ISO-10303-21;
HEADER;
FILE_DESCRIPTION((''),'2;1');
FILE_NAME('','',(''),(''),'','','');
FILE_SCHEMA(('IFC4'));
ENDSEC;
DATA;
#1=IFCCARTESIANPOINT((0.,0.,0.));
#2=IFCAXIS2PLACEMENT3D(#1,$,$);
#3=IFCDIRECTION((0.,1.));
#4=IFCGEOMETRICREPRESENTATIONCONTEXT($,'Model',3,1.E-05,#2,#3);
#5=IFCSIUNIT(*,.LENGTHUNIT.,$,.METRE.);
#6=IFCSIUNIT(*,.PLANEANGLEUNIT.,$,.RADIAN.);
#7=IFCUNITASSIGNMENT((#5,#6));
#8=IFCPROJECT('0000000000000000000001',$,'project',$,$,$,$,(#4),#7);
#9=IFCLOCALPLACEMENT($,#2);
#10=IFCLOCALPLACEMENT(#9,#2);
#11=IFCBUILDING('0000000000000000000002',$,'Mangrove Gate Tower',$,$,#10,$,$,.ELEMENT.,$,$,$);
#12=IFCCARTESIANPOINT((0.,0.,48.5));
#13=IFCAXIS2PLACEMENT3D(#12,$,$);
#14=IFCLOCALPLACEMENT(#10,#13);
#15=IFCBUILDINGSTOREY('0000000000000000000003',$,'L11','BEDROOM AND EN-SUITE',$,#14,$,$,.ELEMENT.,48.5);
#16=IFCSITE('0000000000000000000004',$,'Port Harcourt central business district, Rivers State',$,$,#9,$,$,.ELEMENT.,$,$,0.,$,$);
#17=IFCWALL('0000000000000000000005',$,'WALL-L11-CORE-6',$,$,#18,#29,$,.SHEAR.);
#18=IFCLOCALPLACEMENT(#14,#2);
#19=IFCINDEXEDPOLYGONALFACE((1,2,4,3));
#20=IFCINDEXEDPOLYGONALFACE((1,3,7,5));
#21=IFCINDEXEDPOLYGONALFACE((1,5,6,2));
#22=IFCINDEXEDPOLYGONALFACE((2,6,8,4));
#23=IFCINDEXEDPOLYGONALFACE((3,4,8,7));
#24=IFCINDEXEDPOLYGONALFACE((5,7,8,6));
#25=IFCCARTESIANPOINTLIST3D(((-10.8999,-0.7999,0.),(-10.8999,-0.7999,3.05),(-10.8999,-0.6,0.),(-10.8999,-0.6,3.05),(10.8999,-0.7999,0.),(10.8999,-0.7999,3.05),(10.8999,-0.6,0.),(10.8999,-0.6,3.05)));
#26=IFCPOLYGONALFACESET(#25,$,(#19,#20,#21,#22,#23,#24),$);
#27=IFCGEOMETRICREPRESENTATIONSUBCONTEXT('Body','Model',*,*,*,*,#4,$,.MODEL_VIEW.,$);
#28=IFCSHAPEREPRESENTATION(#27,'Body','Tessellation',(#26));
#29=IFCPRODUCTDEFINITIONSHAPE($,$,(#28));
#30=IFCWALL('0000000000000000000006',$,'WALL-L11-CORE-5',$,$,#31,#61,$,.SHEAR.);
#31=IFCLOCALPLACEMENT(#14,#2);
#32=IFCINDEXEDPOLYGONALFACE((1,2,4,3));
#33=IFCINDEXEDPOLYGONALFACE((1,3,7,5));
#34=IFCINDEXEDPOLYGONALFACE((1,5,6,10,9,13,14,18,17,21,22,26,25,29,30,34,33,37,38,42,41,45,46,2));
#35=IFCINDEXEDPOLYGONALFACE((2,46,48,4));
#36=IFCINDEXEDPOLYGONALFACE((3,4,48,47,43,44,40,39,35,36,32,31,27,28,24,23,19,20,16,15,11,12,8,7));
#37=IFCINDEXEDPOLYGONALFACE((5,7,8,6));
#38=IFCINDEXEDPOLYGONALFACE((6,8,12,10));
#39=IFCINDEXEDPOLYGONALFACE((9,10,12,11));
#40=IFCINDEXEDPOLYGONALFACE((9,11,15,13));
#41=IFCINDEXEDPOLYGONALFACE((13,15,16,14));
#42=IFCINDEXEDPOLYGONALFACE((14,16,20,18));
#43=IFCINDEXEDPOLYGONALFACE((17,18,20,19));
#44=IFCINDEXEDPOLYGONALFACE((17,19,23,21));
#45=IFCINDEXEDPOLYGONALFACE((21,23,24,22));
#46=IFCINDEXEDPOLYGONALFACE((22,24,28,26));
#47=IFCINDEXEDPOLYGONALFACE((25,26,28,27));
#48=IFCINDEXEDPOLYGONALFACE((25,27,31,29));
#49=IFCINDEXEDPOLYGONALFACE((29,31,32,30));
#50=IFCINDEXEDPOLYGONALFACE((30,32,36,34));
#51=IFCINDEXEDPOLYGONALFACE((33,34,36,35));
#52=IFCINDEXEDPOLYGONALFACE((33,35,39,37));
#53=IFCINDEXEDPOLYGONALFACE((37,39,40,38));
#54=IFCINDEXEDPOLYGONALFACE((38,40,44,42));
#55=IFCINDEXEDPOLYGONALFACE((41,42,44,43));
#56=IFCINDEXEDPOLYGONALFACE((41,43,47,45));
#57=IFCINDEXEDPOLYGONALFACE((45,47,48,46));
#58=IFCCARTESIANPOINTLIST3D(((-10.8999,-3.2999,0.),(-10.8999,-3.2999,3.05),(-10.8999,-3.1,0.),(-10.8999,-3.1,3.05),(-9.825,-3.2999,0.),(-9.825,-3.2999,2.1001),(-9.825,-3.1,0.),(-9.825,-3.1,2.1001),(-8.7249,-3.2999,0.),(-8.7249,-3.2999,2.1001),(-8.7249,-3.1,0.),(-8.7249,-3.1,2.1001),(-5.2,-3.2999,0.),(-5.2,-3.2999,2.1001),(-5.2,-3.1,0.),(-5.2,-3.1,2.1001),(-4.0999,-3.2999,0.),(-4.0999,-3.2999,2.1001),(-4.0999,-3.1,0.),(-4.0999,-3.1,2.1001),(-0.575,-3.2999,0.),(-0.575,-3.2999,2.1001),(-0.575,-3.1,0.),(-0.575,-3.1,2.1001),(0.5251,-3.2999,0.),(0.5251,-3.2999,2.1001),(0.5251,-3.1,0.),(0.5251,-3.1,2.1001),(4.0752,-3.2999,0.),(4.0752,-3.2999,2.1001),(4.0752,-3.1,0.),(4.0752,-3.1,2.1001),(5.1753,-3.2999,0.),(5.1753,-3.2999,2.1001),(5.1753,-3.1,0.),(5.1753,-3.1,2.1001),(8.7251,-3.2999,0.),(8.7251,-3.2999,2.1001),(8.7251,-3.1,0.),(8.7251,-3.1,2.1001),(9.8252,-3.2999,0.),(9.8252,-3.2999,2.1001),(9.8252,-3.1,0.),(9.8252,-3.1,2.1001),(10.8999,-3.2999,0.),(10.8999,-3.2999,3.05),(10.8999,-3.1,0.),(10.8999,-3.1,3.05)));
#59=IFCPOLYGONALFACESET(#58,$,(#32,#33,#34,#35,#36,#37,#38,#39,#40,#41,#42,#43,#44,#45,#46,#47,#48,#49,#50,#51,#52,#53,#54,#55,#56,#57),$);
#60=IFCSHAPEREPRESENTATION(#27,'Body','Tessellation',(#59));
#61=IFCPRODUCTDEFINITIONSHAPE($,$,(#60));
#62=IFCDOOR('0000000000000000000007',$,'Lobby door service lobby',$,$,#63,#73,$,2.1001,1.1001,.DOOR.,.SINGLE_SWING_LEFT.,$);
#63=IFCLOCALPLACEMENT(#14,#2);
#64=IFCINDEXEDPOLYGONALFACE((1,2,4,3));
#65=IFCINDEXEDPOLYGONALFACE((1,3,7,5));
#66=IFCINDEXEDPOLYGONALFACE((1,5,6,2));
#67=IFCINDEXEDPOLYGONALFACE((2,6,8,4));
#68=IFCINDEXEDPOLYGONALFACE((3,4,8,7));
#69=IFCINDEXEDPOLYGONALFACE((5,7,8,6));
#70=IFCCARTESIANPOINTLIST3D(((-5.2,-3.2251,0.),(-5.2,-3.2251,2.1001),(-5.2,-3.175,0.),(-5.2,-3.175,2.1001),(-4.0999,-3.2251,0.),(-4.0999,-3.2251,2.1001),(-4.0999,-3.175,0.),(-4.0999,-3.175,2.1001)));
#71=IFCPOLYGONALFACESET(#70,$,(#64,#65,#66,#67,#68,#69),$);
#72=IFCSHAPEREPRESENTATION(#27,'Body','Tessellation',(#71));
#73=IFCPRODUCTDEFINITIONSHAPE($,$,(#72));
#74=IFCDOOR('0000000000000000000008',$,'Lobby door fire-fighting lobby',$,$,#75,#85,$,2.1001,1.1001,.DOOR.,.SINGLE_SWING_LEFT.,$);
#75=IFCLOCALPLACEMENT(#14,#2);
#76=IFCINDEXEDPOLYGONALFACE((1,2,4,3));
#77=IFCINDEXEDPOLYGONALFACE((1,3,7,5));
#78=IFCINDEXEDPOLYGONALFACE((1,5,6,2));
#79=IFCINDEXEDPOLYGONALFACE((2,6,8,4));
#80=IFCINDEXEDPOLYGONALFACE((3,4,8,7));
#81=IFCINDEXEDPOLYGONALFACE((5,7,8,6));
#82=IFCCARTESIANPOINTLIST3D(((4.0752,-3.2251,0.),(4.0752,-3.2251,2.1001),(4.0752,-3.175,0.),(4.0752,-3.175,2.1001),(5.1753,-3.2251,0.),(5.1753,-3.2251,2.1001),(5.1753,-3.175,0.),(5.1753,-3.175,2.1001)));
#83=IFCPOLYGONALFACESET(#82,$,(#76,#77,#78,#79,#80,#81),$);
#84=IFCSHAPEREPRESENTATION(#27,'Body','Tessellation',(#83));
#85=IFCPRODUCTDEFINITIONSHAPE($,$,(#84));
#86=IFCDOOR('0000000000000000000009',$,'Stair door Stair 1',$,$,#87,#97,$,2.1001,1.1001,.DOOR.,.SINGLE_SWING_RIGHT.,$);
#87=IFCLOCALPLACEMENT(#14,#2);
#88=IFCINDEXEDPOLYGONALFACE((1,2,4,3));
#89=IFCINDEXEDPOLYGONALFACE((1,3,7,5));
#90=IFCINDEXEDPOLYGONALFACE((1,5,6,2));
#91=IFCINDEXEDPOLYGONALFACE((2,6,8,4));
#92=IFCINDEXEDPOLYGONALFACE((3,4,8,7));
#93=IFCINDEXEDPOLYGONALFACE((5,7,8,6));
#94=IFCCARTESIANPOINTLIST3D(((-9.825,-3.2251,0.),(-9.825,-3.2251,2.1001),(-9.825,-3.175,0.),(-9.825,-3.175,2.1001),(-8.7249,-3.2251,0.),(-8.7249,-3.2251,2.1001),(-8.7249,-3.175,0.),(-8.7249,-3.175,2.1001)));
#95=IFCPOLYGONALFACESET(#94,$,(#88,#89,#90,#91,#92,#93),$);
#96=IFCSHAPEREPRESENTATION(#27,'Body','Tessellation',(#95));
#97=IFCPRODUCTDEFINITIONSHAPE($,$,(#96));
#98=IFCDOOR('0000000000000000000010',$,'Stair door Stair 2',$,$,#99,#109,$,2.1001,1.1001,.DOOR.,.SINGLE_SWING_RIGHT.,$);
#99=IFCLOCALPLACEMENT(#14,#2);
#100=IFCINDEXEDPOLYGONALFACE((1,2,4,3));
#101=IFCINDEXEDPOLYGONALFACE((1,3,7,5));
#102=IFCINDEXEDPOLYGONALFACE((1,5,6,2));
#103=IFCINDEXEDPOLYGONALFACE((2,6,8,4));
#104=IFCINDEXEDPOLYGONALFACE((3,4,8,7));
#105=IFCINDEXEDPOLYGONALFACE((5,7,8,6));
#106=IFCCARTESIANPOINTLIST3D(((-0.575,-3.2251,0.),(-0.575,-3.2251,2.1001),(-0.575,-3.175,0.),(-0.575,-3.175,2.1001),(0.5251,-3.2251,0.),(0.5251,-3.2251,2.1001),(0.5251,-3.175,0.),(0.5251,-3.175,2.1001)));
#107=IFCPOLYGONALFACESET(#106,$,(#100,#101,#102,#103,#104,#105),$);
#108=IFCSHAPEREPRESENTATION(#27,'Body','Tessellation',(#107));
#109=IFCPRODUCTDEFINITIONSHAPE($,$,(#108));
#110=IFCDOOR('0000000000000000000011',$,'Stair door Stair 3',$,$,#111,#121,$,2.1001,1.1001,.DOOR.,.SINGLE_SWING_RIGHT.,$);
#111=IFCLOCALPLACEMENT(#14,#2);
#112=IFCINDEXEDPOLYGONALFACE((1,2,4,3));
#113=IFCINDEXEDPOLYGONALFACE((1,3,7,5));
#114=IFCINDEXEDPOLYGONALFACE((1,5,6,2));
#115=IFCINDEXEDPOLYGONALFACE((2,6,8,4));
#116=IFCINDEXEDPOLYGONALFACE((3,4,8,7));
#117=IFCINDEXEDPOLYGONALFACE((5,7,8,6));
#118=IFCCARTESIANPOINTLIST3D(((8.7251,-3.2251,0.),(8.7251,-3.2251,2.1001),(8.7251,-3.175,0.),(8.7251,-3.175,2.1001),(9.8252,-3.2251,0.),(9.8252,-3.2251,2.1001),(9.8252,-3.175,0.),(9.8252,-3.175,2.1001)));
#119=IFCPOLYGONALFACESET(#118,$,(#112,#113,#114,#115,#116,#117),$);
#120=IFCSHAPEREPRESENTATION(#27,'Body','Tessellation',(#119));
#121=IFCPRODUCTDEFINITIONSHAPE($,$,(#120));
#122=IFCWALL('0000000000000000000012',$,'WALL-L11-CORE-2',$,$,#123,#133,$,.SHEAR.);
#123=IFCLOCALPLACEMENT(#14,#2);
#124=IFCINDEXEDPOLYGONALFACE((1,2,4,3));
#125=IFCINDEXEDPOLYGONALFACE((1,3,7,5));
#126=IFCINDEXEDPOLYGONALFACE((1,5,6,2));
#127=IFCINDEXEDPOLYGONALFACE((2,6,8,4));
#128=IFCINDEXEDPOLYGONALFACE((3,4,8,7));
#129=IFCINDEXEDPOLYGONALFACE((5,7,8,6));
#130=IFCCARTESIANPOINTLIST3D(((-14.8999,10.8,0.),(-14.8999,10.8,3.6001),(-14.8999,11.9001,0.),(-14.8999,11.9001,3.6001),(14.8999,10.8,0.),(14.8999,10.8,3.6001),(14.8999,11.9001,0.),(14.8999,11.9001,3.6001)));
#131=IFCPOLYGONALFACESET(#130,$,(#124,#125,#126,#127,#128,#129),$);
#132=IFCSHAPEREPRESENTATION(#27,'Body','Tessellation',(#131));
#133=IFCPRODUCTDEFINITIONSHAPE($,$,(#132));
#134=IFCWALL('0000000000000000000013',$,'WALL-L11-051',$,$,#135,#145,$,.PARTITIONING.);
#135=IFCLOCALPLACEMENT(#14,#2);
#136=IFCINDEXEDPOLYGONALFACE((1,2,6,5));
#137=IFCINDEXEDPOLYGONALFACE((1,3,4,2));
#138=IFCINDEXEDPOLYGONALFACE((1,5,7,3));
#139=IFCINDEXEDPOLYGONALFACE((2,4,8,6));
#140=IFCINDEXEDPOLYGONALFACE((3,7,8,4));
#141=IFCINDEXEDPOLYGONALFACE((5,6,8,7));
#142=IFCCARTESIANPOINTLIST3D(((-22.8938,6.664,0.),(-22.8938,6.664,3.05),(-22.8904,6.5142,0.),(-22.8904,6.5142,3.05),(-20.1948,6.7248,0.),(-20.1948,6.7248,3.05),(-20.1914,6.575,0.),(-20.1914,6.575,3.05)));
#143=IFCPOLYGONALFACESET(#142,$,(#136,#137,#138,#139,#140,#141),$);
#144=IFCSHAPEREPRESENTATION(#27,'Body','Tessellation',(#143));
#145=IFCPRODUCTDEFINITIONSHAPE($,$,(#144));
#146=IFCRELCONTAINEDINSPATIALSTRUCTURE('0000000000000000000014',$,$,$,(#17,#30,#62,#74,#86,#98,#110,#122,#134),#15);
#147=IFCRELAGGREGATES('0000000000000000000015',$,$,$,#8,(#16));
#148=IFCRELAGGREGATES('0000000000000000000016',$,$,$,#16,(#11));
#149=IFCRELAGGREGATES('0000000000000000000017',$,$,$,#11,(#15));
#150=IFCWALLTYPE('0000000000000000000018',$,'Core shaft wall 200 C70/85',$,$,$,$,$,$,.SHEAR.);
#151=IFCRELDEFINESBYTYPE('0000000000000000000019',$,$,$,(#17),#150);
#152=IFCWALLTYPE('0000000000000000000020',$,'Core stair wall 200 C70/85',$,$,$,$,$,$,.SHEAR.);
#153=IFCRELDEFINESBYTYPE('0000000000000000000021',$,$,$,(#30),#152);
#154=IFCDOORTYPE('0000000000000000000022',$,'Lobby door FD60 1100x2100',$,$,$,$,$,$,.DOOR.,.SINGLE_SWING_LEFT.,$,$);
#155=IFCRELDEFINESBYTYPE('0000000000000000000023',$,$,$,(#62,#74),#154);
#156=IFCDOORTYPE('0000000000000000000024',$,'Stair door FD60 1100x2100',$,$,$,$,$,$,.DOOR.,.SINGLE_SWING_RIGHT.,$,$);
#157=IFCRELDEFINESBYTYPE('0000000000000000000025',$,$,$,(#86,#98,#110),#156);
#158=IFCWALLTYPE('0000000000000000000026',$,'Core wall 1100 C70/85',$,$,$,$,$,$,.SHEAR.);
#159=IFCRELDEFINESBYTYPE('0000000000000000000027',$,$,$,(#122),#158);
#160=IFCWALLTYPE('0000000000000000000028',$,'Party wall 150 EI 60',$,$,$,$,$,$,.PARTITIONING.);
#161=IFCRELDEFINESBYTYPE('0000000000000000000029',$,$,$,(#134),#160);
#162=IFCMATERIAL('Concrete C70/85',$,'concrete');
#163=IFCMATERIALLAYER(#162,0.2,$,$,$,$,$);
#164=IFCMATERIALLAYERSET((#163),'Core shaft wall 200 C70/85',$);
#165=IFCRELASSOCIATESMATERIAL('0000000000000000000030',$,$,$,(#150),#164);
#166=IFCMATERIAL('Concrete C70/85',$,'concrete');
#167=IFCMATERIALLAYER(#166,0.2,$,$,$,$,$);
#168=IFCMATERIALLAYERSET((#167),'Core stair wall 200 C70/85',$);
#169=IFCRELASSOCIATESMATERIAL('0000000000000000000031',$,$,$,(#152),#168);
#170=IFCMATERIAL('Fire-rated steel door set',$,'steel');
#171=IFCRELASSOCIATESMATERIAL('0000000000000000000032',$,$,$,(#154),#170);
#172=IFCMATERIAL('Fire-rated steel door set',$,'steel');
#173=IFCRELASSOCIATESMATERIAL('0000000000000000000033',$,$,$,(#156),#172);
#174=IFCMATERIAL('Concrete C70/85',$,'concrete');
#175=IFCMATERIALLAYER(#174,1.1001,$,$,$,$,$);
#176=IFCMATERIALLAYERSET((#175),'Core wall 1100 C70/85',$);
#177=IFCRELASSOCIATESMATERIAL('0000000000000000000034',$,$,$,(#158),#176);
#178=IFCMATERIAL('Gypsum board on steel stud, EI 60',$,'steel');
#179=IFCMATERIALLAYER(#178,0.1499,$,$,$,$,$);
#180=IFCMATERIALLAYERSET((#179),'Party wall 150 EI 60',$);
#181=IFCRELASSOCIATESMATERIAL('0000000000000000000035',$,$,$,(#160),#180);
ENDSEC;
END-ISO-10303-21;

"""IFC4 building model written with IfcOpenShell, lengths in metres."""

from ifc_helpers import new_model, si_unit, direction, frame, frame_2d, origin, place, context, subcontext, project, spatial, rectangle, extrude, material, layer, layer_set, type_object, element, fill, save


model = new_model("IFC4")

# Units and contexts
model_context = context("Model", 3, precision=1e-05, world=origin(), true_north=direction((0.0, 1.0)))
body_context = subcontext(model_context, "Body", "Model", "MODEL_VIEW")
ifc_project = project(units=[si_unit("LENGTHUNIT", "METRE"), si_unit("PLANEANGLEUNIT", "RADIAN")], contexts=[model_context])

# Site, building, storey
site_placement = place(None, origin())
site = spatial("IfcSite", under=ifc_project, at=site_placement, Name="Port Harcourt central business district, Rivers State", CompositionType="ELEMENT", RefElevation=0.0)
building_placement = place(site_placement, origin())
building = spatial("IfcBuilding", under=site, at=building_placement, Name="Mangrove Gate Tower", CompositionType="ELEMENT")
storey_placement = place(building_placement, frame((0.0, 0.0, 48.5)))
storey = spatial("IfcBuildingStorey", under=building, at=storey_placement, Name="L11", Description="BEDROOM AND EN-SUITE", CompositionType="ELEMENT", Elevation=48.5)

# Wall
ifc_material_1 = material(Name="Concrete C70/85", Category="concrete")
ifc_layer_1 = layer(ifc_material_1, 0.2)
ifc_layer_set_1 = layer_set([ifc_layer_1], Name="Core shaft wall 200 C70/85")
wall_type_1 = type_object("IfcWallType", Name="Core shaft wall 200 C70/85", PredefinedType="SHEAR", material=ifc_layer_set_1)
wall_1_placement = place(storey_placement, frame((-10.8999, -0.7, 0.0), z_axis=(0.0, 0.0, 1.0), x_axis=(1.0, 0.0, 0.0)))
element("IfcWall", 1, at=wall_1_placement, inside=storey, type_object=wall_type_1, Name="WALL-L11-CORE-6", PredefinedType="SHEAR", context=body_context, shape_type="SweptSolid", body=[
    extrude(rectangle(XDim=21.7998, YDim=0.2, at=frame_2d((10.8999, 0.0))), origin(), (0.0, 0.0, 1.0), 3.05),
])

# Wall, openings, doors
ifc_material_2 = material(Name="Concrete C70/85", Category="concrete")
ifc_layer_2 = layer(ifc_material_2, 0.2)
ifc_layer_set_2 = layer_set([ifc_layer_2], Name="Core stair wall 200 C70/85")
wall_type_2 = type_object("IfcWallType", Name="Core stair wall 200 C70/85", PredefinedType="SHEAR", material=ifc_layer_set_2)
wall_2_placement = place(storey_placement, frame((-10.8999, -3.2, 0.0), z_axis=(0.0, 0.0, 1.0), x_axis=(1.0, 0.0, 0.0)))
wall_2 = element("IfcWall", 2, at=wall_2_placement, inside=storey, type_object=wall_type_2, Name="WALL-L11-CORE-5", PredefinedType="SHEAR", context=body_context, shape_type="SweptSolid", body=[
    extrude(rectangle(XDim=21.7998, YDim=0.2, at=frame_2d((10.8999, 0.0))), origin(), (0.0, 0.0, 1.0), 3.05),
])
opening_1_placement = place(wall_2_placement, frame((1.075, 0.0, 0.0)))
opening_1 = element("IfcOpeningElement", 3, at=opening_1_placement, cuts=wall_2, PredefinedType="OPENING", context=body_context, shape_type="SweptSolid", body=[
    extrude(rectangle(XDim=1.1001, YDim=2.1001, at=frame_2d((0.55, 1.05))), frame((0.0, 0.1099, 0.0), z_axis=(0.0, -1.0, 0.0), x_axis=(1.0, 0.0, 0.0)), (0.0, 0.0, 1.0), 0.22),
])
opening_2_placement = place(wall_2_placement, frame((10.325, 0.0, 0.0)))
opening_2 = element("IfcOpeningElement", 4, at=opening_2_placement, cuts=wall_2, PredefinedType="OPENING", context=body_context, shape_type="SweptSolid", body=[
    extrude(rectangle(XDim=1.1001, YDim=2.1001, at=frame_2d((0.55, 1.05))), frame((0.0, 0.1099, 0.0), z_axis=(0.0, -1.0, 0.0), x_axis=(1.0, 0.0, 0.0)), (0.0, 0.0, 1.0), 0.22),
])
opening_3_placement = place(wall_2_placement, frame((19.625, 0.0, 0.0)))
opening_3 = element("IfcOpeningElement", 5, at=opening_3_placement, cuts=wall_2, PredefinedType="OPENING", context=body_context, shape_type="SweptSolid", body=[
    extrude(rectangle(XDim=1.1001, YDim=2.1001, at=frame_2d((0.55, 1.05))), frame((0.0, 0.1099, 0.0), z_axis=(0.0, -1.0, 0.0), x_axis=(1.0, 0.0, 0.0)), (0.0, 0.0, 1.0), 0.22),
])
opening_4_placement = place(wall_2_placement, frame((5.7, 0.0, 0.0)))
opening_4 = element("IfcOpeningElement", 6, at=opening_4_placement, cuts=wall_2, PredefinedType="OPENING", context=body_context, shape_type="SweptSolid", body=[
    extrude(rectangle(XDim=1.1001, YDim=2.1001, at=frame_2d((0.55, 1.05))), frame((0.0, 0.1099, 0.0), z_axis=(0.0, -1.0, 0.0), x_axis=(1.0, 0.0, 0.0)), (0.0, 0.0, 1.0), 0.22),
])
opening_5_placement = place(wall_2_placement, frame((14.9751, 0.0, 0.0)))
opening_5 = element("IfcOpeningElement", 7, at=opening_5_placement, cuts=wall_2, PredefinedType="OPENING", context=body_context, shape_type="SweptSolid", body=[
    extrude(rectangle(XDim=1.1001, YDim=2.1001, at=frame_2d((0.55, 1.05))), frame((0.0, 0.1099, 0.0), z_axis=(0.0, -1.0, 0.0), x_axis=(1.0, 0.0, 0.0)), (0.0, 0.0, 1.0), 0.22),
])
ifc_material_3 = material(Name="Fire-rated steel door set", Category="steel")
door_type_1 = type_object("IfcDoorType", Name="Lobby door FD60 1100x2100", OperationType="SINGLE_SWING_LEFT", PredefinedType="DOOR", material=ifc_material_3)
door_1_placement = place(opening_4_placement, origin())
door_1 = element("IfcDoor", 8, at=door_1_placement, inside=storey, type_object=door_type_1, Name="Lobby door service lobby", OperationType="SINGLE_SWING_LEFT", OverallHeight=2.1001, OverallWidth=1.1001, PredefinedType="DOOR", context=body_context, shape_type="SweptSolid", body=[
    extrude(rectangle(XDim=1.1001, YDim=2.1001, at=frame_2d((0.55, 1.05))), frame((0.0, 0.0249, 0.0), z_axis=(0.0, -1.0, 0.0), x_axis=(1.0, 0.0, 0.0)), (0.0, 0.0, 1.0), 0.05),
])
fill(opening_4, door_1)
door_2_placement = place(opening_5_placement, origin())
door_2 = element("IfcDoor", 9, at=door_2_placement, inside=storey, type_object=door_type_1, Name="Lobby door fire-fighting lobby", OperationType="SINGLE_SWING_LEFT", OverallHeight=2.1001, OverallWidth=1.1001, PredefinedType="DOOR", context=body_context, shape_type="SweptSolid", body=[
    extrude(rectangle(XDim=1.1001, YDim=2.1001, at=frame_2d((0.55, 1.05))), frame((0.0, 0.0249, 0.0), z_axis=(0.0, -1.0, 0.0), x_axis=(1.0, 0.0, 0.0)), (0.0, 0.0, 1.0), 0.05),
])
fill(opening_5, door_2)
ifc_material_4 = material(Name="Fire-rated steel door set", Category="steel")
door_type_2 = type_object("IfcDoorType", Name="Stair door FD60 1100x2100", OperationType="SINGLE_SWING_RIGHT", PredefinedType="DOOR", material=ifc_material_4)
door_3_placement = place(opening_1_placement, origin())
door_3 = element("IfcDoor", 10, at=door_3_placement, inside=storey, type_object=door_type_2, Name="Stair door Stair 1", OperationType="SINGLE_SWING_RIGHT", OverallHeight=2.1001, OverallWidth=1.1001, PredefinedType="DOOR", context=body_context, shape_type="SweptSolid", body=[
    extrude(rectangle(XDim=1.1001, YDim=2.1001, at=frame_2d((0.55, 1.05))), frame((0.0, 0.0249, 0.0), z_axis=(0.0, -1.0, 0.0), x_axis=(1.0, 0.0, 0.0)), (0.0, 0.0, 1.0), 0.05),
])
fill(opening_1, door_3)
door_4_placement = place(opening_2_placement, origin())
door_4 = element("IfcDoor", 11, at=door_4_placement, inside=storey, type_object=door_type_2, Name="Stair door Stair 2", OperationType="SINGLE_SWING_RIGHT", OverallHeight=2.1001, OverallWidth=1.1001, PredefinedType="DOOR", context=body_context, shape_type="SweptSolid", body=[
    extrude(rectangle(XDim=1.1001, YDim=2.1001, at=frame_2d((0.55, 1.05))), frame((0.0, 0.0249, 0.0), z_axis=(0.0, -1.0, 0.0), x_axis=(1.0, 0.0, 0.0)), (0.0, 0.0, 1.0), 0.05),
])
fill(opening_2, door_4)
door_5_placement = place(opening_3_placement, origin())
door_5 = element("IfcDoor", 12, at=door_5_placement, inside=storey, type_object=door_type_2, Name="Stair door Stair 3", OperationType="SINGLE_SWING_RIGHT", OverallHeight=2.1001, OverallWidth=1.1001, PredefinedType="DOOR", context=body_context, shape_type="SweptSolid", body=[
    extrude(rectangle(XDim=1.1001, YDim=2.1001, at=frame_2d((0.55, 1.05))), frame((0.0, 0.0249, 0.0), z_axis=(0.0, -1.0, 0.0), x_axis=(1.0, 0.0, 0.0)), (0.0, 0.0, 1.0), 0.05),
])
fill(opening_3, door_5)

# Walls
ifc_material_5 = material(Name="Concrete C70/85", Category="concrete")
ifc_layer_3 = layer(ifc_material_5, 1.1001)
ifc_layer_set_3 = layer_set([ifc_layer_3], Name="Core wall 1100 C70/85")
wall_type_3 = type_object("IfcWallType", Name="Core wall 1100 C70/85", PredefinedType="SHEAR", material=ifc_layer_set_3)
wall_3_placement = place(storey_placement, frame((-14.8999, 11.3501, 0.0), z_axis=(0.0, 0.0, 1.0), x_axis=(1.0, 0.0, 0.0)))
element("IfcWall", 13, at=wall_3_placement, inside=storey, type_object=wall_type_3, Name="WALL-L11-CORE-2", PredefinedType="SHEAR", context=body_context, shape_type="SweptSolid", body=[
    extrude(rectangle(XDim=29.7998, YDim=1.1001, at=frame_2d((14.8999, 0.0))), origin(), (0.0, 0.0, 1.0), 3.6001),
])
ifc_material_6 = material(Name="Gypsum board on steel stud, EI 60", Category="steel")
ifc_layer_4 = layer(ifc_material_6, 0.1499)
ifc_layer_set_4 = layer_set([ifc_layer_4], Name="Party wall 150 EI 60")
wall_type_4 = type_object("IfcWallType", Name="Party wall 150 EI 60", PredefinedType="PARTITIONING", material=ifc_layer_set_4)
wall_4_placement = place(storey_placement, frame((-22.8921, 6.5891, 0.0), z_axis=(0.0, 0.0, 1.0), x_axis=(0.999746, 0.022518, 0.0)))
element("IfcWall", 14, at=wall_4_placement, inside=storey, type_object=wall_type_4, Name="WALL-L11-051", PredefinedType="PARTITIONING", context=body_context, shape_type="SweptSolid", body=[
    extrude(rectangle(XDim=2.6997, YDim=0.1499, at=frame_2d((1.3499, 0.0))), origin(), (0.0, 0.0, 1.0), 3.05),
])

save(model, "model.ifc")
